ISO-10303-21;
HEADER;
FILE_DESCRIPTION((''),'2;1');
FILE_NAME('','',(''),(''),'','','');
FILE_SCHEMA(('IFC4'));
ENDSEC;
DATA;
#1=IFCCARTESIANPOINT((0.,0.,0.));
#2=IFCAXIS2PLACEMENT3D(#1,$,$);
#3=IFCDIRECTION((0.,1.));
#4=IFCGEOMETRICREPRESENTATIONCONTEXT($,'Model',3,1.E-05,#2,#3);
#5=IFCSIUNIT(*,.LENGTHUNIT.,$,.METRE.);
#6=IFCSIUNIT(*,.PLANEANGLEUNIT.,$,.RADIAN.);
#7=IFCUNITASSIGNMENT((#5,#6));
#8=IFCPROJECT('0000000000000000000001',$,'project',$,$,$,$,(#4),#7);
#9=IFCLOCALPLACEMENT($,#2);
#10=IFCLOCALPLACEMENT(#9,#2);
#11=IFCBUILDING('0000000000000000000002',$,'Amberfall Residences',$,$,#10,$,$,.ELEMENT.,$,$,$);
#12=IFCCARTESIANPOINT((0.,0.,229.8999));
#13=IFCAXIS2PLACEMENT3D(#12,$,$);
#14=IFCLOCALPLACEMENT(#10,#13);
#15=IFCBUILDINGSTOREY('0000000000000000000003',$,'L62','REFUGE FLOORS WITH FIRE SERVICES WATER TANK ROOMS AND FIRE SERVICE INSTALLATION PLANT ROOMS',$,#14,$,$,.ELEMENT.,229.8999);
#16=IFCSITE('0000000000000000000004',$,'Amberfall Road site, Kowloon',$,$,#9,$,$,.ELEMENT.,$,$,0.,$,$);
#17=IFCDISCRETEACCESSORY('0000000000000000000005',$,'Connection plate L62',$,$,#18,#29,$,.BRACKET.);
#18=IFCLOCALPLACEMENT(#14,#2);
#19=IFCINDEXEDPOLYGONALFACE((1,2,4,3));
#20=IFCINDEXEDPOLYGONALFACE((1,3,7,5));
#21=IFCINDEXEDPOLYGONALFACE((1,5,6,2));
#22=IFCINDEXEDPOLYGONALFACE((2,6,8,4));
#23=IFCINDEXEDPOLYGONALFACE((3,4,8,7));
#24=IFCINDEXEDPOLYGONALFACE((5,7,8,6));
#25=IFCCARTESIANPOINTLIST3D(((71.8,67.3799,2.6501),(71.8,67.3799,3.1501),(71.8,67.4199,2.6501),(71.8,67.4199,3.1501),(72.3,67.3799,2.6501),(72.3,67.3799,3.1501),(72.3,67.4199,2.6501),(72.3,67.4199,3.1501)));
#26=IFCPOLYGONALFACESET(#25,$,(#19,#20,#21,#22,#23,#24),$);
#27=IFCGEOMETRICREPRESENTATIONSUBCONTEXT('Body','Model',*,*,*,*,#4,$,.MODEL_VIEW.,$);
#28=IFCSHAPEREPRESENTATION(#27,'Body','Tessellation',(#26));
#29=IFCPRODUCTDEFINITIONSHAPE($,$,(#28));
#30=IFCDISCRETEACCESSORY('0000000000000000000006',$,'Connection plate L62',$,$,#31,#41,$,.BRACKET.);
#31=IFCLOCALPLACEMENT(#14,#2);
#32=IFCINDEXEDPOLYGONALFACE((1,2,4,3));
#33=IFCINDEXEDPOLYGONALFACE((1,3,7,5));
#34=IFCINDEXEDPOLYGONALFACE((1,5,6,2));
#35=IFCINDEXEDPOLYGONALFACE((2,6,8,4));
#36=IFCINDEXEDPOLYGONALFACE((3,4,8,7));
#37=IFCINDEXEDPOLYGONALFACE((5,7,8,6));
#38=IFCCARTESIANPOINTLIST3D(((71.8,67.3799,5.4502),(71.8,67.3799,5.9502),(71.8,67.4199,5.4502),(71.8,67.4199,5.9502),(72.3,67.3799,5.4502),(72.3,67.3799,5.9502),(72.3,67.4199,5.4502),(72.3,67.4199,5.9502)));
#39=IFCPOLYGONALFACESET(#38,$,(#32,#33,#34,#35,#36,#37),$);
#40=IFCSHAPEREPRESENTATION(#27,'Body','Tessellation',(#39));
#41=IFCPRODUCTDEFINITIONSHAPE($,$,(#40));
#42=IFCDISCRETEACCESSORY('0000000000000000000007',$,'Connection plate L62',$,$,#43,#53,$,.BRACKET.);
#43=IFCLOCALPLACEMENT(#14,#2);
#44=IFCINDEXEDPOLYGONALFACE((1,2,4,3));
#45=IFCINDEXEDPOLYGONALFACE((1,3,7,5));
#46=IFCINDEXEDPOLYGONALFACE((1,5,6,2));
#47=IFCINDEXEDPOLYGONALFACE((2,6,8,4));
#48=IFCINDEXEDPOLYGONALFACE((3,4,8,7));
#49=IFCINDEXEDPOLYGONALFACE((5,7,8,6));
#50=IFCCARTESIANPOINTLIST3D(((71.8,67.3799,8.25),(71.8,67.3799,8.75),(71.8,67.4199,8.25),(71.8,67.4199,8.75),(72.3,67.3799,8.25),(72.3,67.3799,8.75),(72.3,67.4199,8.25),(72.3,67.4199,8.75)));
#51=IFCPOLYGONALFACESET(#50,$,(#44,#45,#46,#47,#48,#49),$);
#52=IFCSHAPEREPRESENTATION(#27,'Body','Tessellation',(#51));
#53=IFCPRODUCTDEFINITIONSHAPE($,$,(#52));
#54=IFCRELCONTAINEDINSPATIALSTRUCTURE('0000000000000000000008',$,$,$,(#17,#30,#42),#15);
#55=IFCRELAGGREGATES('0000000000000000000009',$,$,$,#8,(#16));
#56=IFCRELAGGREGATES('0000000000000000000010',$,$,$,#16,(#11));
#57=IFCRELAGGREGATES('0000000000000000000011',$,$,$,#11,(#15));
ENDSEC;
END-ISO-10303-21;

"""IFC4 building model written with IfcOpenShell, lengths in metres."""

from ifc_helpers import new_model, si_unit, direction, frame, origin, origin_2d, place, context, subcontext, project, spatial, rectangle, extrude, element, save


model = new_model("IFC4")

# Units and contexts
model_context = context("Model", 3, precision=1e-05, world=origin(), true_north=direction((0.0, 1.0)))
body_context = subcontext(model_context, "Body", "Model", "MODEL_VIEW")
ifc_project = project(units=[si_unit("LENGTHUNIT", "METRE"), si_unit("PLANEANGLEUNIT", "RADIAN")], contexts=[model_context])

# Site, building, storey
site_placement = place(None, origin())
site = spatial("IfcSite", under=ifc_project, at=site_placement, Name="Amberfall Road site, Kowloon", CompositionType="ELEMENT", RefElevation=0.0)
building_placement = place(site_placement, origin())
building = spatial("IfcBuilding", under=site, at=building_placement, Name="Amberfall Residences", CompositionType="ELEMENT")
storey_placement = place(building_placement, frame((0.0, 0.0, 229.8999)))
storey = spatial("IfcBuildingStorey", under=building, at=storey_placement, Name="L62", Description="REFUGE FLOORS WITH FIRE SERVICES WATER TANK ROOMS AND FIRE SERVICE INSTALLATION PLANT ROOMS", CompositionType="ELEMENT", Elevation=229.8999)

# Discrete accessories
for number, where, z_axis, x_axis, name in (
    (1, (72.05, 67.3999, 2.6501), (0.0, 0.0, 1.0), (1.0, 0.0, 0.0), "Connection plate L62"),
    (2, (72.05, 67.3999, 5.4502), (0.0, 0.0, 1.0), (1.0, 0.0, 0.0), "Connection plate L62"),
    (3, (72.05, 67.3999, 8.25), (0.0, 0.0, 1.0), (1.0, 0.0, 0.0), "Connection plate L62"),
):
    element("IfcDiscreteAccessory", number, at=place(storey_placement, frame(where, z_axis=z_axis, x_axis=x_axis)), inside=storey, Name=name, PredefinedType="BRACKET", context=body_context, shape_type="SweptSolid", body=[
        extrude(rectangle(XDim=0.5, YDim=0.04, at=origin_2d()), origin(), (0.0, 0.0, 1.0), 0.5),
    ])

save(model, "model.ifc")
